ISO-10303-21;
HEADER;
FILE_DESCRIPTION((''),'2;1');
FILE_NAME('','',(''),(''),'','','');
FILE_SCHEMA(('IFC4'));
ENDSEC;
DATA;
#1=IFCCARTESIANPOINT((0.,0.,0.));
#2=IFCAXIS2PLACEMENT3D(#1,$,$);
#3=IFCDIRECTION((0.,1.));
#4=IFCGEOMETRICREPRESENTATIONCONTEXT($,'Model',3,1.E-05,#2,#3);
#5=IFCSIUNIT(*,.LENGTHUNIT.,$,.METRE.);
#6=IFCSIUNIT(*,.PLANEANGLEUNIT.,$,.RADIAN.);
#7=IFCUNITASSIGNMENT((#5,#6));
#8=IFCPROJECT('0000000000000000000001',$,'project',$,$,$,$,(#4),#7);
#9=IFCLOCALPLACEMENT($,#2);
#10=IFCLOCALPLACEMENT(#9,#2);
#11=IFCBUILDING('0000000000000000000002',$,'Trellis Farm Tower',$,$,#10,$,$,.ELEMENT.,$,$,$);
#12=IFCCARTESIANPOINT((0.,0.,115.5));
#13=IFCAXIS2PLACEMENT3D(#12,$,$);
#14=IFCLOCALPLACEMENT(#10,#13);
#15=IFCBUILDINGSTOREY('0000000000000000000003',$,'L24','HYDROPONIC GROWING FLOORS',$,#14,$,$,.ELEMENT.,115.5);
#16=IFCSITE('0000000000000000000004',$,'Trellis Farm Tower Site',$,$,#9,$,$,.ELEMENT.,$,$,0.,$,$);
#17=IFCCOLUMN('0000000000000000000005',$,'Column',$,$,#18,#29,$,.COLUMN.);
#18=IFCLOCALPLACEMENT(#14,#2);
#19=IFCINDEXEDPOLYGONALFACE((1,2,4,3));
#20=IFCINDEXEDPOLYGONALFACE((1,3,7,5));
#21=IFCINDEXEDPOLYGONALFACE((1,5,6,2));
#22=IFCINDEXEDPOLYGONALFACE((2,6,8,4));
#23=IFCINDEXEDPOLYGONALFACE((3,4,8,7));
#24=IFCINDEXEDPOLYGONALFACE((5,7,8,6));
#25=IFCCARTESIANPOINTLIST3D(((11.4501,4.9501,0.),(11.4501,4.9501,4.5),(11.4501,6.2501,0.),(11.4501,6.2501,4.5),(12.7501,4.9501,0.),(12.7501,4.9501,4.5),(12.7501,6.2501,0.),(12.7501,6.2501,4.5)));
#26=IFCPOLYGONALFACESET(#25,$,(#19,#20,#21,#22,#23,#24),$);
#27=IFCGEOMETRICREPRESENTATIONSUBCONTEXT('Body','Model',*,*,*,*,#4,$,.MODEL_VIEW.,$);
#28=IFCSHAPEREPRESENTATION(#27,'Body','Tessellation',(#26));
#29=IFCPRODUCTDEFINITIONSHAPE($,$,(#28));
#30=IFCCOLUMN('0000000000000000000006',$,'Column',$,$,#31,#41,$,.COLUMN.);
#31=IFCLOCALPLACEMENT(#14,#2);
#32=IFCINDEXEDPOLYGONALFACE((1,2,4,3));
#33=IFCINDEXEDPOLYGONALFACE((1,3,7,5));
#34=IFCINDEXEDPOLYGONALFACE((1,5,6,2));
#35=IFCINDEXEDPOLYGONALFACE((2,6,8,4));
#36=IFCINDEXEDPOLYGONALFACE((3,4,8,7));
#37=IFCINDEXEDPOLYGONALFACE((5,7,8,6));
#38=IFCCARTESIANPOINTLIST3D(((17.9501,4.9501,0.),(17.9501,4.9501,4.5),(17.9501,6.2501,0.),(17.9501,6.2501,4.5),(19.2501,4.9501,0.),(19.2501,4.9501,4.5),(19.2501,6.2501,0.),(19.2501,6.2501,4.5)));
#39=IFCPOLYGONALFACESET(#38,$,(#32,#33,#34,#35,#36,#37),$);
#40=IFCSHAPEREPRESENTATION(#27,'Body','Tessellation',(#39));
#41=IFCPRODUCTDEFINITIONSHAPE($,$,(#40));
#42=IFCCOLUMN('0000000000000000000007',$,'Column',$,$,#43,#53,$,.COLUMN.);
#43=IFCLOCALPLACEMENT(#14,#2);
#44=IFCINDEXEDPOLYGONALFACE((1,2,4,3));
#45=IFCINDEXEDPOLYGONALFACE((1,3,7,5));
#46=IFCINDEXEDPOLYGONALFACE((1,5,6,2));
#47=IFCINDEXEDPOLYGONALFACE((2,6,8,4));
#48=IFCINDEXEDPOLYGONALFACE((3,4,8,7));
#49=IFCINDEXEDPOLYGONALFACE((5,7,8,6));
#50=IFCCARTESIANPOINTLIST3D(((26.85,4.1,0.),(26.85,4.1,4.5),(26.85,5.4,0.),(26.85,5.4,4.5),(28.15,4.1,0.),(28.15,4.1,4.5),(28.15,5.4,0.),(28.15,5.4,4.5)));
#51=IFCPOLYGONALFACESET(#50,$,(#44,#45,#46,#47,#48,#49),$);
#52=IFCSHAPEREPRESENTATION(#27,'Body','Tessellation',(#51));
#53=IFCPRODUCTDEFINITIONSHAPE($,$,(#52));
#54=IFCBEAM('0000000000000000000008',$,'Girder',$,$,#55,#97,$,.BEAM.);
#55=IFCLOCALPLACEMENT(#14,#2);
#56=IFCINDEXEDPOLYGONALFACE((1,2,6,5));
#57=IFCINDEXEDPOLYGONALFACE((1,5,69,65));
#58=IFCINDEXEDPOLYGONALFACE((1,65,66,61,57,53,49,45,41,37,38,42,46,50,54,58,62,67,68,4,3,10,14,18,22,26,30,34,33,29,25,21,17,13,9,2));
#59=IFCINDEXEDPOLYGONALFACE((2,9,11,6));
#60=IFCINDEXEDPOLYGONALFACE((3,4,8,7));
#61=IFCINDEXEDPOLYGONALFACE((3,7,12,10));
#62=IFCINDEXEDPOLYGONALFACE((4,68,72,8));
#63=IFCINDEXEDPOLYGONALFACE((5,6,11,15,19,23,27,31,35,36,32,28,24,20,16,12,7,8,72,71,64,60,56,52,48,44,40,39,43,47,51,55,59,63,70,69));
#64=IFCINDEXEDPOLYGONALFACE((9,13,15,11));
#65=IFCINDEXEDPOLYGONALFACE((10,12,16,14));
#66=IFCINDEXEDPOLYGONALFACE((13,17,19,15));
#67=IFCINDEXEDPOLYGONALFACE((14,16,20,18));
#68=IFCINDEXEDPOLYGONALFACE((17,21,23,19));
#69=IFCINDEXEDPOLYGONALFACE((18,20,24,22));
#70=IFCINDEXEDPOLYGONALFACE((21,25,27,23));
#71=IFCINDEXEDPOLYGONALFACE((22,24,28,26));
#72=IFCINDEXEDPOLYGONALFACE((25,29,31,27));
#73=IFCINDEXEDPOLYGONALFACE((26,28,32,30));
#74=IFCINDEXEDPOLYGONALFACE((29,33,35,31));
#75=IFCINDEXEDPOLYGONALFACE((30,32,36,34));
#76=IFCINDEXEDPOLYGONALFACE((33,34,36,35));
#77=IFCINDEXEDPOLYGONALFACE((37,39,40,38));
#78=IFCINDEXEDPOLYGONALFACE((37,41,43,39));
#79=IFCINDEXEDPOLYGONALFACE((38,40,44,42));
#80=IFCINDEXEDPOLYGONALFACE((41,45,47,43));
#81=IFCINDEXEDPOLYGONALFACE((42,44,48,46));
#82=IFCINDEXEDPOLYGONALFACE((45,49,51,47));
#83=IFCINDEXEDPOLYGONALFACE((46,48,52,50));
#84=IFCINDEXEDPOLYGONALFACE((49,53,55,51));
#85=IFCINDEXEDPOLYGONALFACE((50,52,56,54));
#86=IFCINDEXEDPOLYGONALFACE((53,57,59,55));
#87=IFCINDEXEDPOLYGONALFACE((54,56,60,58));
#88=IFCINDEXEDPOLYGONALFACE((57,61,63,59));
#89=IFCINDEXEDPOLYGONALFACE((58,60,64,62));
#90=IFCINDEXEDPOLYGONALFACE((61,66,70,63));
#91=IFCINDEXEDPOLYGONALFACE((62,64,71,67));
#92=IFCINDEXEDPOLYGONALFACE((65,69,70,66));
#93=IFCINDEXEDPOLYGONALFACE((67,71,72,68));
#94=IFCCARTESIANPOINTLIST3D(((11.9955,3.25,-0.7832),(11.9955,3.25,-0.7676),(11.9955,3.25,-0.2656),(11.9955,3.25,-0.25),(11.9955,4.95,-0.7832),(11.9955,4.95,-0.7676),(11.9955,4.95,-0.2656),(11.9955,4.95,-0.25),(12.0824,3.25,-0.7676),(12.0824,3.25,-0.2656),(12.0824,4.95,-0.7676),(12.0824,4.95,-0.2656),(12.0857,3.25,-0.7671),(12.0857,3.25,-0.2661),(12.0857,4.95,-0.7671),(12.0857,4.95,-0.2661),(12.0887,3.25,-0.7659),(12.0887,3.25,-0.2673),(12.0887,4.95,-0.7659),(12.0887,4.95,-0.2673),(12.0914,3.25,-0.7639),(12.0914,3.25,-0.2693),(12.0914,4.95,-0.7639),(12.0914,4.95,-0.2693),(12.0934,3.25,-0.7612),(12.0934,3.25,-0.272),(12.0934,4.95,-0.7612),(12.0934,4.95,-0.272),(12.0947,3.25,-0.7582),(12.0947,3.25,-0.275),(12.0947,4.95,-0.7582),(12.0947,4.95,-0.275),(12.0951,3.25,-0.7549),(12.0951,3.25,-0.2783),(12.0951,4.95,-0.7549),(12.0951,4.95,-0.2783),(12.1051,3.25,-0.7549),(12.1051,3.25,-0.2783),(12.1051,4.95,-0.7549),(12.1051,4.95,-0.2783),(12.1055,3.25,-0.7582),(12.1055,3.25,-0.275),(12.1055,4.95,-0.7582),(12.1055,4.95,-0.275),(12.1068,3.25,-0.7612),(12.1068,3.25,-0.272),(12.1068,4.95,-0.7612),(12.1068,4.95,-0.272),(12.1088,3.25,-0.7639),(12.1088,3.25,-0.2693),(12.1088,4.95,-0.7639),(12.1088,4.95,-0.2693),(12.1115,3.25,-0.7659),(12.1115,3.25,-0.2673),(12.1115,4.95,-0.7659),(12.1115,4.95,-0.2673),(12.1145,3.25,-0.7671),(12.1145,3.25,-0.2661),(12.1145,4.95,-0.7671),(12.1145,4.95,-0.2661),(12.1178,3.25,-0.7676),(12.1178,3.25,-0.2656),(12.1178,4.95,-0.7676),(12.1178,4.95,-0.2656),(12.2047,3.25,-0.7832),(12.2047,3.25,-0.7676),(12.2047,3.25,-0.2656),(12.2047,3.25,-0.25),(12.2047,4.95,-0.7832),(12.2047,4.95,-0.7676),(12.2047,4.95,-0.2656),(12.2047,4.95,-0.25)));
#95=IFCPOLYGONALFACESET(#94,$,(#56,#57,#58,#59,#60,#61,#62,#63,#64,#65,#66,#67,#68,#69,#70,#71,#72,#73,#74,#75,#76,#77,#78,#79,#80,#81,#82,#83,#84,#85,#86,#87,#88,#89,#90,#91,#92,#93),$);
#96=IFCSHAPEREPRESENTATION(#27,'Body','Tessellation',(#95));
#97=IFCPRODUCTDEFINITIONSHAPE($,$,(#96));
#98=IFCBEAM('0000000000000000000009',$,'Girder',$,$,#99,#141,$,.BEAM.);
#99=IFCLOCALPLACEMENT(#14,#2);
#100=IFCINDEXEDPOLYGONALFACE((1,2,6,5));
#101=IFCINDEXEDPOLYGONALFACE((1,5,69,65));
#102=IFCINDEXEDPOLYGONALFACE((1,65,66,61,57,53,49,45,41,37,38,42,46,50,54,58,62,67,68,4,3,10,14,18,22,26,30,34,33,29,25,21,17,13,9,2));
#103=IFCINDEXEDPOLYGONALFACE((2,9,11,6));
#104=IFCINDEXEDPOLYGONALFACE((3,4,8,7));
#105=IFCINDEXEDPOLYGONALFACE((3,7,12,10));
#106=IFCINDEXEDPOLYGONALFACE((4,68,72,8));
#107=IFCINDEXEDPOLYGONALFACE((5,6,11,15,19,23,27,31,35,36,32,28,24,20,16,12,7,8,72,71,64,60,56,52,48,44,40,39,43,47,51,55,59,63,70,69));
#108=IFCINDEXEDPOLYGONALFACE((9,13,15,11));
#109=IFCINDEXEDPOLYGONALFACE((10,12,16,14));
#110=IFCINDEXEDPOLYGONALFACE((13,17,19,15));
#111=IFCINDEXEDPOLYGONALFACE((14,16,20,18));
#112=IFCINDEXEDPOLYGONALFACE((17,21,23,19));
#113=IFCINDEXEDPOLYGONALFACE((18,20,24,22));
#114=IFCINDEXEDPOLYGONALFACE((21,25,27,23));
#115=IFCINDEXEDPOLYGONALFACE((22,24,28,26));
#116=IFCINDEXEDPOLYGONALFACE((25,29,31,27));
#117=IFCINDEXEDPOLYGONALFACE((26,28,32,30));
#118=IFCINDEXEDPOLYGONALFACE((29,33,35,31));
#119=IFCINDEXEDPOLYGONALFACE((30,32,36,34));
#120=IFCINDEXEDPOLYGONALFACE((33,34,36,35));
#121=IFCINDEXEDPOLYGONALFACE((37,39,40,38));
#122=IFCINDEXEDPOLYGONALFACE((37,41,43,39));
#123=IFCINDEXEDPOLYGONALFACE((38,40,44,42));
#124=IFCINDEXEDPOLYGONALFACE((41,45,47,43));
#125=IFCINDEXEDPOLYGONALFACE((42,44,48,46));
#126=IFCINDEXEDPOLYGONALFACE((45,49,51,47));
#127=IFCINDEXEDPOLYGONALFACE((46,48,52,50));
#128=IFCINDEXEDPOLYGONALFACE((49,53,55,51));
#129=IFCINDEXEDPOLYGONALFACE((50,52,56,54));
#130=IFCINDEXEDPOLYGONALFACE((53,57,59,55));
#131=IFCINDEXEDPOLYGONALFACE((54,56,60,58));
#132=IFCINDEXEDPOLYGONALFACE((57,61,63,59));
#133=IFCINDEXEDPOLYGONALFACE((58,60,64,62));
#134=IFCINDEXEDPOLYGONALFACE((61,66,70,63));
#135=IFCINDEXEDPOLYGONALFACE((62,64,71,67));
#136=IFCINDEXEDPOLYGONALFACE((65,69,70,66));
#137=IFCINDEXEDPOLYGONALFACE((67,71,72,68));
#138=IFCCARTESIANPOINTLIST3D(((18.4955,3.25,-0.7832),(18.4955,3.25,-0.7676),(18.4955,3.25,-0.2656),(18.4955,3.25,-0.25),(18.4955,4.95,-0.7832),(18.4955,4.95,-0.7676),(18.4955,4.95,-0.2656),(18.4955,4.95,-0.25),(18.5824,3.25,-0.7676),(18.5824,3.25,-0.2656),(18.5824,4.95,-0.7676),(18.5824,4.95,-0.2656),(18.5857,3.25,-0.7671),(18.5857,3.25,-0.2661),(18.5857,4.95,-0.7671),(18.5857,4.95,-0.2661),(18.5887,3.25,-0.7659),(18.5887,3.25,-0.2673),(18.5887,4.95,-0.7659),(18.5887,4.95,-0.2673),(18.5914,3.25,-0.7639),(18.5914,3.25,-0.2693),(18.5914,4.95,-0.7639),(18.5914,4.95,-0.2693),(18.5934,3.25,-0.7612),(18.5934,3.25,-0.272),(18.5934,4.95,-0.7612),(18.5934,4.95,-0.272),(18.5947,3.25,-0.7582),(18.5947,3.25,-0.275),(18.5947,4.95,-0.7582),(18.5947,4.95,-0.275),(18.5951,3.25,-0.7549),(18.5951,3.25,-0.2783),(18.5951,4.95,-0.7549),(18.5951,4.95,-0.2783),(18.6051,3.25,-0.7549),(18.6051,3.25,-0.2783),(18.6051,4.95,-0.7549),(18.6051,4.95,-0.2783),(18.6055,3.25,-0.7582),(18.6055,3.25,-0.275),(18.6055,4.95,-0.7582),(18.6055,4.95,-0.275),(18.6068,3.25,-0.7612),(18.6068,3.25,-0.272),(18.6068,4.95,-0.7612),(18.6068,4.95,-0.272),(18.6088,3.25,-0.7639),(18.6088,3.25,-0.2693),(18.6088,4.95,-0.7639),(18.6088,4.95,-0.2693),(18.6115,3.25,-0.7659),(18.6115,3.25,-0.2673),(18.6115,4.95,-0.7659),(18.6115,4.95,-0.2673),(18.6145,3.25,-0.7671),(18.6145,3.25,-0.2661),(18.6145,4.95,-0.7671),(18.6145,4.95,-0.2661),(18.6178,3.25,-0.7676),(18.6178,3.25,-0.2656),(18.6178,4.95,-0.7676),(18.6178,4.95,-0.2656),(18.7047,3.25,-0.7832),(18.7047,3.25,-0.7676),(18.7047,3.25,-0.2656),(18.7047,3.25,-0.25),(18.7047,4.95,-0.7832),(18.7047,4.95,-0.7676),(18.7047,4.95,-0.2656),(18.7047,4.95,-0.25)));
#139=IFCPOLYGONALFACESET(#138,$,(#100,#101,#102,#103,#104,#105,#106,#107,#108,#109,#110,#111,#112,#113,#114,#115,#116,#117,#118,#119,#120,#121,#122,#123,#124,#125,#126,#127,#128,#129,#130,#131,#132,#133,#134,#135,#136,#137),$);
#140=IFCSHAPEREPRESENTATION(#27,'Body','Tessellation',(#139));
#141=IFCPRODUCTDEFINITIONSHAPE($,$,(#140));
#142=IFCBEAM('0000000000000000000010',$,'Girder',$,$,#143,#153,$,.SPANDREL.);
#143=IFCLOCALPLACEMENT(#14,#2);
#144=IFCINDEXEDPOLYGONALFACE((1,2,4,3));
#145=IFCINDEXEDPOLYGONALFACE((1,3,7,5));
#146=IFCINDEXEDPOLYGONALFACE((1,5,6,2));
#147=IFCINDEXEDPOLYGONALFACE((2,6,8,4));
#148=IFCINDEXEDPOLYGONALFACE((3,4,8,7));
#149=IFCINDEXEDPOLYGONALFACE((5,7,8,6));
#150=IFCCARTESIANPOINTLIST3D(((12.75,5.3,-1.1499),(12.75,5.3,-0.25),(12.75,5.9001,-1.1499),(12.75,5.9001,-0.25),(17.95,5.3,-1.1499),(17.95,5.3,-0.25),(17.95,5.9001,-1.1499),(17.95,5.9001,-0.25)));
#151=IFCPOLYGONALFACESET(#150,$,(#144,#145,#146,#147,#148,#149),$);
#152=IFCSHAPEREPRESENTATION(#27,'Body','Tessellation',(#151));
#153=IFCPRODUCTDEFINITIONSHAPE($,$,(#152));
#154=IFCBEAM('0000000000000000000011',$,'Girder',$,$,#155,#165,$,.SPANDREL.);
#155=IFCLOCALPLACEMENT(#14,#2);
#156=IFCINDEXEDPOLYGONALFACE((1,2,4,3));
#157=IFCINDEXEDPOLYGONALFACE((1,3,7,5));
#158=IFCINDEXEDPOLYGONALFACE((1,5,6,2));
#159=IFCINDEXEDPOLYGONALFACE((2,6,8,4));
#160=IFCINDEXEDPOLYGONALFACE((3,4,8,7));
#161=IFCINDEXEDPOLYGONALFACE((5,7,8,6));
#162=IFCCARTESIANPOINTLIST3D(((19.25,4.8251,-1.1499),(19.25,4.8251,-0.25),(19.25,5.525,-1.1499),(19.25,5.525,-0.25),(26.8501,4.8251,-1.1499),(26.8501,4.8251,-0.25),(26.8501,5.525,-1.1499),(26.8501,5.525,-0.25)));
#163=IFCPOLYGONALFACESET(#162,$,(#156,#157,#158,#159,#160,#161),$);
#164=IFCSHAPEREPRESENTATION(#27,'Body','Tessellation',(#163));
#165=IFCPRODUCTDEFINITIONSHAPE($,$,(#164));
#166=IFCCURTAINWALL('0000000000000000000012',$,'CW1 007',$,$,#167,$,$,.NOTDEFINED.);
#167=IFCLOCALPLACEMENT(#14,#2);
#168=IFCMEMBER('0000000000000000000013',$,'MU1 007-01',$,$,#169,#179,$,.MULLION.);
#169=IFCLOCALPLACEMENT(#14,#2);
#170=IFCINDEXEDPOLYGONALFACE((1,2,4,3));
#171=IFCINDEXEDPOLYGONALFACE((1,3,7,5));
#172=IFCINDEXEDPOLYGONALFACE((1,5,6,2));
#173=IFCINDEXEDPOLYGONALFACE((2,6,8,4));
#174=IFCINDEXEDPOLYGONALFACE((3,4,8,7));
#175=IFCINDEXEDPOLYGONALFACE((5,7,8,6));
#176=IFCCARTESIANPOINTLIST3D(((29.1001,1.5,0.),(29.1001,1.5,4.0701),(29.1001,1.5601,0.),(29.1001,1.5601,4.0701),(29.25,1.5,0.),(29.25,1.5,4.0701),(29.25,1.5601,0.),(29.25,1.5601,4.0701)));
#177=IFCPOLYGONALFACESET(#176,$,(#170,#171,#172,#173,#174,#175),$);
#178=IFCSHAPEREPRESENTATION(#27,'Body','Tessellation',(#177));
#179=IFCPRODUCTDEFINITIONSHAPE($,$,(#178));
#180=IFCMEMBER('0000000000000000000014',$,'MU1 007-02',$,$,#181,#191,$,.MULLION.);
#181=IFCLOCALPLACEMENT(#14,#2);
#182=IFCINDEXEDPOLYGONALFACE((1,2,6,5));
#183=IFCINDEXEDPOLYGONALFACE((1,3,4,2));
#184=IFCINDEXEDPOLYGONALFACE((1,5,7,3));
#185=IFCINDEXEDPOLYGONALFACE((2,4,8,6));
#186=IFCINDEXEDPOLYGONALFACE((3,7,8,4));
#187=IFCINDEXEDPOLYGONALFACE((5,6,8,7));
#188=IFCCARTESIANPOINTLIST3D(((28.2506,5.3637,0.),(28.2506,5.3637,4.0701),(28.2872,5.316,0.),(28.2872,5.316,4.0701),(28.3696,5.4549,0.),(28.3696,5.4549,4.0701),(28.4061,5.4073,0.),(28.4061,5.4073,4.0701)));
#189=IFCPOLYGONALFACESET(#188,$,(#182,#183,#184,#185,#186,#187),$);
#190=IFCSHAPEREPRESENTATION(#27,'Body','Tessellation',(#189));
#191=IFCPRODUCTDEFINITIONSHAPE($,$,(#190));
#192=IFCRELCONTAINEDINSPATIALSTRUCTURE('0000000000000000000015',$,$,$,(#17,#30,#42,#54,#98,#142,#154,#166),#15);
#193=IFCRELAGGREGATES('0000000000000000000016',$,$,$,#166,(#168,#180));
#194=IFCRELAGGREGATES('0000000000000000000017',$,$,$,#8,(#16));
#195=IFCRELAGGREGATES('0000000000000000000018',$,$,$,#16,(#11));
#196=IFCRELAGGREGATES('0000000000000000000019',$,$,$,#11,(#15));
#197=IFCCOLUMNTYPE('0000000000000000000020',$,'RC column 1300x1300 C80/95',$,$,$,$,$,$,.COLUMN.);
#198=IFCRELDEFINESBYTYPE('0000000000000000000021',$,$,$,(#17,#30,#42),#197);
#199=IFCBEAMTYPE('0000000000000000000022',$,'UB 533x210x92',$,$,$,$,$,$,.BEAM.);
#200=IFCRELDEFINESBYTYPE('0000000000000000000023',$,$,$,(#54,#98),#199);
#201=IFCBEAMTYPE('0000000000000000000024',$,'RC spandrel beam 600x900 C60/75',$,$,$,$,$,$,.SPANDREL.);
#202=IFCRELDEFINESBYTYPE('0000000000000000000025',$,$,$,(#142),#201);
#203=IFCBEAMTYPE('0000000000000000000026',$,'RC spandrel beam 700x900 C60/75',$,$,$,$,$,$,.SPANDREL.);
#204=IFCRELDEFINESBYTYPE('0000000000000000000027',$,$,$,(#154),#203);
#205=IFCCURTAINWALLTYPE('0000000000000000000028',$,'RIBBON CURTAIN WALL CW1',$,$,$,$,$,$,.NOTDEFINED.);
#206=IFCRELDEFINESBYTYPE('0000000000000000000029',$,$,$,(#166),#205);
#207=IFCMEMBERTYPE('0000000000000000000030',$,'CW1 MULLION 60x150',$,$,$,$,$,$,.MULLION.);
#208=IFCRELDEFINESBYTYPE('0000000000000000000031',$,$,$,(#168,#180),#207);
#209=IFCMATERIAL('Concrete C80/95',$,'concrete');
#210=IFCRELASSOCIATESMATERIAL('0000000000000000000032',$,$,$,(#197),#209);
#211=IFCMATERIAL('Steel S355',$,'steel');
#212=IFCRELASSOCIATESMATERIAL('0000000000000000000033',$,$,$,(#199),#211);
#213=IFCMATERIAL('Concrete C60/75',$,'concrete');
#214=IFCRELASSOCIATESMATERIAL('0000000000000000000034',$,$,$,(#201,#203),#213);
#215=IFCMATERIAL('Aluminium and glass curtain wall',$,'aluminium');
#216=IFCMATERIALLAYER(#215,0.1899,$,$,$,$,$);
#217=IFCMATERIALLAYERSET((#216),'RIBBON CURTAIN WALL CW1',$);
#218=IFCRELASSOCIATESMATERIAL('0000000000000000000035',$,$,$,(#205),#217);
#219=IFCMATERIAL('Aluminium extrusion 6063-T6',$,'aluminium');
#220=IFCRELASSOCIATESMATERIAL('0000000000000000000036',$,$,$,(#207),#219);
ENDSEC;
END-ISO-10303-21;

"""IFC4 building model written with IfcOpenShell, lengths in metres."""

from ifc_helpers import new_model, si_unit, direction, frame, origin, origin_2d, place, context, subcontext, project, spatial, rectangle, i_section, extrude, source, transform, mapped, material, layer, layer_set, material_profile, profile_set, type_object, element, aggregate, save


model = new_model("IFC4")

# Units and contexts
model_context = context("Model", 3, precision=1e-05, world=origin(), true_north=direction((0.0, 1.0)))
body_context = subcontext(model_context, "Body", "Model", "MODEL_VIEW")
ifc_project = project(units=[si_unit("LENGTHUNIT", "METRE"), si_unit("PLANEANGLEUNIT", "RADIAN")], contexts=[model_context])

# Site, building, storey
site_placement = place(None, origin())
site = spatial("IfcSite", under=ifc_project, at=site_placement, Name="Trellis Farm Tower Site", CompositionType="ELEMENT", RefElevation=0.0)
building_placement = place(site_placement, origin())
building = spatial("IfcBuilding", under=site, at=building_placement, Name="Trellis Farm Tower", CompositionType="ELEMENT")
storey_placement = place(building_placement, frame((0.0, 0.0, 115.5)))
storey = spatial("IfcBuildingStorey", under=building, at=storey_placement, Name="L24", Description="HYDROPONIC GROWING FLOORS", CompositionType="ELEMENT", Elevation=115.5)

# Columns
ifc_material_1 = material(Name="Concrete C80/95", Category="concrete")
ifc_material_profile_1 = material_profile(ifc_material_1, rectangle(XDim=1.3, YDim=1.3, at=origin_2d()), Name="RC column 1300x1300 C80/95")
ifc_profile_set_1 = profile_set([ifc_material_profile_1], Name="Concrete C80/95")
column_type = type_object("IfcColumnType", Name="RC column 1300x1300 C80/95", PredefinedType="COLUMN", material=ifc_profile_set_1)
shared_shape_1 = source(origin(), body_context, "Body", "SweptSolid", [
    extrude(rectangle(XDim=1.3, YDim=1.3, at=origin_2d()), origin(), (0.0, 0.0, 1.0), 4.5),
])
for number, where, z_axis, x_axis, name in (
    (1, (12.1001, 5.6001, 0.0), (0.0, 0.0, 1.0), (1.0, 0.0, 0.0), "Column"),
    (2, (18.6001, 5.6001, 0.0), (0.0, 0.0, 1.0), (1.0, 0.0, 0.0), "Column"),
    (3, (27.5, 4.75, 0.0), (0.0, 0.0, 1.0), (1.0, 0.0, 0.0), "Column"),
):
    element("IfcColumn", number, at=place(storey_placement, frame(where, z_axis=z_axis, x_axis=x_axis)), inside=storey, type_object=column_type, Name=name, PredefinedType="COLUMN", context=body_context, shape_type="MappedRepresentation", body=[
        mapped(shared_shape_1, transform((0.0, 0.0, 0.0))),
    ])

# Beams
ifc_material_2 = material(Name="Steel S355", Category="steel")
ifc_material_profile_2 = material_profile(ifc_material_2, i_section(OverallWidth=0.2092, OverallDepth=0.5332, WebThickness=0.01, FlangeThickness=0.0156, FilletRadius=0.0127, at=origin_2d()), Name="UB 533x210x92")
ifc_profile_set_2 = profile_set([ifc_material_profile_2], Name="Steel S355")
beam_type_1 = type_object("IfcBeamType", Name="UB 533x210x92", PredefinedType="BEAM", material=ifc_profile_set_2)
shared_shape_2 = source(origin(), body_context, "Body", "SweptSolid", [
    extrude(i_section(OverallWidth=0.2092, OverallDepth=0.5332, WebThickness=0.01, FlangeThickness=0.0156, FilletRadius=0.0127, at=origin_2d()), origin(), (0.0, 0.0, 1.0), 1.7),
])
for number, where, z_axis, x_axis, name in (
    (4, (12.1001, 3.25, -0.5166), (0.0, 1.0, 0.0), (-1.0, 0.0, 0.0), "Girder"),
    (5, (18.6001, 3.25, -0.5166), (0.0, 1.0, 0.0), (-1.0, 0.0, 0.0), "Girder"),
):
    element("IfcBeam", number, at=place(storey_placement, frame(where, z_axis=z_axis, x_axis=x_axis)), inside=storey, type_object=beam_type_1, Name=name, PredefinedType="BEAM", context=body_context, shape_type="MappedRepresentation", body=[
        mapped(shared_shape_2, transform((0.0, 0.0, 0.0))),
    ])
ifc_material_3 = material(Name="Concrete C60/75", Category="concrete")
ifc_material_profile_3 = material_profile(ifc_material_3, rectangle(XDim=0.6001, YDim=0.8999, at=origin_2d()), Name="RC spandrel beam 600x900 C60/75")
ifc_profile_set_3 = profile_set([ifc_material_profile_3], Name="Concrete C60/75")
beam_type_2 = type_object("IfcBeamType", Name="RC spandrel beam 600x900 C60/75", PredefinedType="SPANDREL", material=ifc_profile_set_3)
shared_shape_3 = source(origin(), body_context, "Body", "SweptSolid", [
    extrude(rectangle(XDim=0.6001, YDim=0.8999, at=origin_2d()), origin(), (0.0, 0.0, 1.0), 5.2),
])
beam_1_placement = place(storey_placement, frame((12.75, 5.6001, -0.7), z_axis=(1.0, 0.0, 0.0), x_axis=(0.0, 1.0, 0.0)))
element("IfcBeam", 6, at=beam_1_placement, inside=storey, type_object=beam_type_2, Name="Girder", PredefinedType="SPANDREL", context=body_context, shape_type="MappedRepresentation", body=[
    mapped(shared_shape_3, transform((0.0, 0.0, 0.0))),
])
ifc_material_profile_4 = material_profile(ifc_material_3, rectangle(XDim=0.7, YDim=0.8999, at=origin_2d()), Name="RC spandrel beam 700x900 C60/75")
ifc_profile_set_4 = profile_set([ifc_material_profile_4], Name="Concrete C60/75")
beam_type_3 = type_object("IfcBeamType", Name="RC spandrel beam 700x900 C60/75", PredefinedType="SPANDREL", material=ifc_profile_set_4)
shared_shape_4 = source(origin(), body_context, "Body", "SweptSolid", [
    extrude(rectangle(XDim=0.7, YDim=0.8999, at=origin_2d()), origin(), (0.0, 0.0, 1.0), 7.6001),
])
beam_2_placement = place(storey_placement, frame((19.25, 5.175, -0.7), z_axis=(1.0, 0.0, 0.0), x_axis=(0.0, 1.0, 0.0)))
element("IfcBeam", 7, at=beam_2_placement, inside=storey, type_object=beam_type_3, Name="Girder", PredefinedType="SPANDREL", context=body_context, shape_type="MappedRepresentation", body=[
    mapped(shared_shape_4, transform((0.0, 0.0, 0.0))),
])

# Curtain wall, members
ifc_material_4 = material(Name="Aluminium and glass curtain wall", Category="aluminium")
ifc_layer_1 = layer(ifc_material_4, 0.1899)
ifc_layer_set_1 = layer_set([ifc_layer_1], Name="RIBBON CURTAIN WALL CW1")
curtain_wall_type = type_object("IfcCurtainWallType", Name="RIBBON CURTAIN WALL CW1", PredefinedType="NOTDEFINED", material=ifc_layer_set_1)
placement = place(storey_placement, origin())
curtain_wall_1 = element("IfcCurtainWall", 8, at=placement, inside=storey, type_object=curtain_wall_type, Name="CW1 007", PredefinedType="NOTDEFINED")
ifc_material_5 = material(Name="Aluminium extrusion 6063-T6", Category="aluminium")
ifc_material_profile_5 = material_profile(ifc_material_5, rectangle(XDim=0.0601, YDim=0.1499, at=origin_2d()), Name="MULLION 60x150")
ifc_profile_set_5 = profile_set([ifc_material_profile_5], Name="Aluminium extrusion 6063-T6")
member_type = type_object("IfcMemberType", Name="CW1 MULLION 60x150", PredefinedType="MULLION", material=ifc_profile_set_5)
shared_shape_5 = source(origin(), body_context, "Body", "SweptSolid", [
    extrude(rectangle(XDim=0.0601, YDim=0.1499, at=origin_2d()), origin(), (0.0, 0.0, 1.0), 4.0701),
])
member_1_placement = place(storey_placement, frame((29.175, 1.53, 0.0), z_axis=(0.0, 0.0, 1.0), x_axis=(0.0, 1.0, 0.0)))
member_1 = element("IfcMember", 9, at=member_1_placement, type_object=member_type, Name="MU1 007-01", PredefinedType="MULLION", context=body_context, shape_type="MappedRepresentation", body=[
    mapped(shared_shape_5, transform((0.0, 0.0, 0.0))),
])
member_2_placement = place(storey_placement, frame((28.3284, 5.3855, 0.0), z_axis=(0.0, 0.0, 1.0), x_axis=(-0.608761, 0.793353, 0.0)))
member_2 = element("IfcMember", 10, at=member_2_placement, type_object=member_type, Name="MU1 007-02", PredefinedType="MULLION", context=body_context, shape_type="MappedRepresentation", body=[
    mapped(shared_shape_5, transform((0.0, 0.0, 0.0))),
])
aggregate(curtain_wall_1, [member_1, member_2])

save(model, "model.ifc")
